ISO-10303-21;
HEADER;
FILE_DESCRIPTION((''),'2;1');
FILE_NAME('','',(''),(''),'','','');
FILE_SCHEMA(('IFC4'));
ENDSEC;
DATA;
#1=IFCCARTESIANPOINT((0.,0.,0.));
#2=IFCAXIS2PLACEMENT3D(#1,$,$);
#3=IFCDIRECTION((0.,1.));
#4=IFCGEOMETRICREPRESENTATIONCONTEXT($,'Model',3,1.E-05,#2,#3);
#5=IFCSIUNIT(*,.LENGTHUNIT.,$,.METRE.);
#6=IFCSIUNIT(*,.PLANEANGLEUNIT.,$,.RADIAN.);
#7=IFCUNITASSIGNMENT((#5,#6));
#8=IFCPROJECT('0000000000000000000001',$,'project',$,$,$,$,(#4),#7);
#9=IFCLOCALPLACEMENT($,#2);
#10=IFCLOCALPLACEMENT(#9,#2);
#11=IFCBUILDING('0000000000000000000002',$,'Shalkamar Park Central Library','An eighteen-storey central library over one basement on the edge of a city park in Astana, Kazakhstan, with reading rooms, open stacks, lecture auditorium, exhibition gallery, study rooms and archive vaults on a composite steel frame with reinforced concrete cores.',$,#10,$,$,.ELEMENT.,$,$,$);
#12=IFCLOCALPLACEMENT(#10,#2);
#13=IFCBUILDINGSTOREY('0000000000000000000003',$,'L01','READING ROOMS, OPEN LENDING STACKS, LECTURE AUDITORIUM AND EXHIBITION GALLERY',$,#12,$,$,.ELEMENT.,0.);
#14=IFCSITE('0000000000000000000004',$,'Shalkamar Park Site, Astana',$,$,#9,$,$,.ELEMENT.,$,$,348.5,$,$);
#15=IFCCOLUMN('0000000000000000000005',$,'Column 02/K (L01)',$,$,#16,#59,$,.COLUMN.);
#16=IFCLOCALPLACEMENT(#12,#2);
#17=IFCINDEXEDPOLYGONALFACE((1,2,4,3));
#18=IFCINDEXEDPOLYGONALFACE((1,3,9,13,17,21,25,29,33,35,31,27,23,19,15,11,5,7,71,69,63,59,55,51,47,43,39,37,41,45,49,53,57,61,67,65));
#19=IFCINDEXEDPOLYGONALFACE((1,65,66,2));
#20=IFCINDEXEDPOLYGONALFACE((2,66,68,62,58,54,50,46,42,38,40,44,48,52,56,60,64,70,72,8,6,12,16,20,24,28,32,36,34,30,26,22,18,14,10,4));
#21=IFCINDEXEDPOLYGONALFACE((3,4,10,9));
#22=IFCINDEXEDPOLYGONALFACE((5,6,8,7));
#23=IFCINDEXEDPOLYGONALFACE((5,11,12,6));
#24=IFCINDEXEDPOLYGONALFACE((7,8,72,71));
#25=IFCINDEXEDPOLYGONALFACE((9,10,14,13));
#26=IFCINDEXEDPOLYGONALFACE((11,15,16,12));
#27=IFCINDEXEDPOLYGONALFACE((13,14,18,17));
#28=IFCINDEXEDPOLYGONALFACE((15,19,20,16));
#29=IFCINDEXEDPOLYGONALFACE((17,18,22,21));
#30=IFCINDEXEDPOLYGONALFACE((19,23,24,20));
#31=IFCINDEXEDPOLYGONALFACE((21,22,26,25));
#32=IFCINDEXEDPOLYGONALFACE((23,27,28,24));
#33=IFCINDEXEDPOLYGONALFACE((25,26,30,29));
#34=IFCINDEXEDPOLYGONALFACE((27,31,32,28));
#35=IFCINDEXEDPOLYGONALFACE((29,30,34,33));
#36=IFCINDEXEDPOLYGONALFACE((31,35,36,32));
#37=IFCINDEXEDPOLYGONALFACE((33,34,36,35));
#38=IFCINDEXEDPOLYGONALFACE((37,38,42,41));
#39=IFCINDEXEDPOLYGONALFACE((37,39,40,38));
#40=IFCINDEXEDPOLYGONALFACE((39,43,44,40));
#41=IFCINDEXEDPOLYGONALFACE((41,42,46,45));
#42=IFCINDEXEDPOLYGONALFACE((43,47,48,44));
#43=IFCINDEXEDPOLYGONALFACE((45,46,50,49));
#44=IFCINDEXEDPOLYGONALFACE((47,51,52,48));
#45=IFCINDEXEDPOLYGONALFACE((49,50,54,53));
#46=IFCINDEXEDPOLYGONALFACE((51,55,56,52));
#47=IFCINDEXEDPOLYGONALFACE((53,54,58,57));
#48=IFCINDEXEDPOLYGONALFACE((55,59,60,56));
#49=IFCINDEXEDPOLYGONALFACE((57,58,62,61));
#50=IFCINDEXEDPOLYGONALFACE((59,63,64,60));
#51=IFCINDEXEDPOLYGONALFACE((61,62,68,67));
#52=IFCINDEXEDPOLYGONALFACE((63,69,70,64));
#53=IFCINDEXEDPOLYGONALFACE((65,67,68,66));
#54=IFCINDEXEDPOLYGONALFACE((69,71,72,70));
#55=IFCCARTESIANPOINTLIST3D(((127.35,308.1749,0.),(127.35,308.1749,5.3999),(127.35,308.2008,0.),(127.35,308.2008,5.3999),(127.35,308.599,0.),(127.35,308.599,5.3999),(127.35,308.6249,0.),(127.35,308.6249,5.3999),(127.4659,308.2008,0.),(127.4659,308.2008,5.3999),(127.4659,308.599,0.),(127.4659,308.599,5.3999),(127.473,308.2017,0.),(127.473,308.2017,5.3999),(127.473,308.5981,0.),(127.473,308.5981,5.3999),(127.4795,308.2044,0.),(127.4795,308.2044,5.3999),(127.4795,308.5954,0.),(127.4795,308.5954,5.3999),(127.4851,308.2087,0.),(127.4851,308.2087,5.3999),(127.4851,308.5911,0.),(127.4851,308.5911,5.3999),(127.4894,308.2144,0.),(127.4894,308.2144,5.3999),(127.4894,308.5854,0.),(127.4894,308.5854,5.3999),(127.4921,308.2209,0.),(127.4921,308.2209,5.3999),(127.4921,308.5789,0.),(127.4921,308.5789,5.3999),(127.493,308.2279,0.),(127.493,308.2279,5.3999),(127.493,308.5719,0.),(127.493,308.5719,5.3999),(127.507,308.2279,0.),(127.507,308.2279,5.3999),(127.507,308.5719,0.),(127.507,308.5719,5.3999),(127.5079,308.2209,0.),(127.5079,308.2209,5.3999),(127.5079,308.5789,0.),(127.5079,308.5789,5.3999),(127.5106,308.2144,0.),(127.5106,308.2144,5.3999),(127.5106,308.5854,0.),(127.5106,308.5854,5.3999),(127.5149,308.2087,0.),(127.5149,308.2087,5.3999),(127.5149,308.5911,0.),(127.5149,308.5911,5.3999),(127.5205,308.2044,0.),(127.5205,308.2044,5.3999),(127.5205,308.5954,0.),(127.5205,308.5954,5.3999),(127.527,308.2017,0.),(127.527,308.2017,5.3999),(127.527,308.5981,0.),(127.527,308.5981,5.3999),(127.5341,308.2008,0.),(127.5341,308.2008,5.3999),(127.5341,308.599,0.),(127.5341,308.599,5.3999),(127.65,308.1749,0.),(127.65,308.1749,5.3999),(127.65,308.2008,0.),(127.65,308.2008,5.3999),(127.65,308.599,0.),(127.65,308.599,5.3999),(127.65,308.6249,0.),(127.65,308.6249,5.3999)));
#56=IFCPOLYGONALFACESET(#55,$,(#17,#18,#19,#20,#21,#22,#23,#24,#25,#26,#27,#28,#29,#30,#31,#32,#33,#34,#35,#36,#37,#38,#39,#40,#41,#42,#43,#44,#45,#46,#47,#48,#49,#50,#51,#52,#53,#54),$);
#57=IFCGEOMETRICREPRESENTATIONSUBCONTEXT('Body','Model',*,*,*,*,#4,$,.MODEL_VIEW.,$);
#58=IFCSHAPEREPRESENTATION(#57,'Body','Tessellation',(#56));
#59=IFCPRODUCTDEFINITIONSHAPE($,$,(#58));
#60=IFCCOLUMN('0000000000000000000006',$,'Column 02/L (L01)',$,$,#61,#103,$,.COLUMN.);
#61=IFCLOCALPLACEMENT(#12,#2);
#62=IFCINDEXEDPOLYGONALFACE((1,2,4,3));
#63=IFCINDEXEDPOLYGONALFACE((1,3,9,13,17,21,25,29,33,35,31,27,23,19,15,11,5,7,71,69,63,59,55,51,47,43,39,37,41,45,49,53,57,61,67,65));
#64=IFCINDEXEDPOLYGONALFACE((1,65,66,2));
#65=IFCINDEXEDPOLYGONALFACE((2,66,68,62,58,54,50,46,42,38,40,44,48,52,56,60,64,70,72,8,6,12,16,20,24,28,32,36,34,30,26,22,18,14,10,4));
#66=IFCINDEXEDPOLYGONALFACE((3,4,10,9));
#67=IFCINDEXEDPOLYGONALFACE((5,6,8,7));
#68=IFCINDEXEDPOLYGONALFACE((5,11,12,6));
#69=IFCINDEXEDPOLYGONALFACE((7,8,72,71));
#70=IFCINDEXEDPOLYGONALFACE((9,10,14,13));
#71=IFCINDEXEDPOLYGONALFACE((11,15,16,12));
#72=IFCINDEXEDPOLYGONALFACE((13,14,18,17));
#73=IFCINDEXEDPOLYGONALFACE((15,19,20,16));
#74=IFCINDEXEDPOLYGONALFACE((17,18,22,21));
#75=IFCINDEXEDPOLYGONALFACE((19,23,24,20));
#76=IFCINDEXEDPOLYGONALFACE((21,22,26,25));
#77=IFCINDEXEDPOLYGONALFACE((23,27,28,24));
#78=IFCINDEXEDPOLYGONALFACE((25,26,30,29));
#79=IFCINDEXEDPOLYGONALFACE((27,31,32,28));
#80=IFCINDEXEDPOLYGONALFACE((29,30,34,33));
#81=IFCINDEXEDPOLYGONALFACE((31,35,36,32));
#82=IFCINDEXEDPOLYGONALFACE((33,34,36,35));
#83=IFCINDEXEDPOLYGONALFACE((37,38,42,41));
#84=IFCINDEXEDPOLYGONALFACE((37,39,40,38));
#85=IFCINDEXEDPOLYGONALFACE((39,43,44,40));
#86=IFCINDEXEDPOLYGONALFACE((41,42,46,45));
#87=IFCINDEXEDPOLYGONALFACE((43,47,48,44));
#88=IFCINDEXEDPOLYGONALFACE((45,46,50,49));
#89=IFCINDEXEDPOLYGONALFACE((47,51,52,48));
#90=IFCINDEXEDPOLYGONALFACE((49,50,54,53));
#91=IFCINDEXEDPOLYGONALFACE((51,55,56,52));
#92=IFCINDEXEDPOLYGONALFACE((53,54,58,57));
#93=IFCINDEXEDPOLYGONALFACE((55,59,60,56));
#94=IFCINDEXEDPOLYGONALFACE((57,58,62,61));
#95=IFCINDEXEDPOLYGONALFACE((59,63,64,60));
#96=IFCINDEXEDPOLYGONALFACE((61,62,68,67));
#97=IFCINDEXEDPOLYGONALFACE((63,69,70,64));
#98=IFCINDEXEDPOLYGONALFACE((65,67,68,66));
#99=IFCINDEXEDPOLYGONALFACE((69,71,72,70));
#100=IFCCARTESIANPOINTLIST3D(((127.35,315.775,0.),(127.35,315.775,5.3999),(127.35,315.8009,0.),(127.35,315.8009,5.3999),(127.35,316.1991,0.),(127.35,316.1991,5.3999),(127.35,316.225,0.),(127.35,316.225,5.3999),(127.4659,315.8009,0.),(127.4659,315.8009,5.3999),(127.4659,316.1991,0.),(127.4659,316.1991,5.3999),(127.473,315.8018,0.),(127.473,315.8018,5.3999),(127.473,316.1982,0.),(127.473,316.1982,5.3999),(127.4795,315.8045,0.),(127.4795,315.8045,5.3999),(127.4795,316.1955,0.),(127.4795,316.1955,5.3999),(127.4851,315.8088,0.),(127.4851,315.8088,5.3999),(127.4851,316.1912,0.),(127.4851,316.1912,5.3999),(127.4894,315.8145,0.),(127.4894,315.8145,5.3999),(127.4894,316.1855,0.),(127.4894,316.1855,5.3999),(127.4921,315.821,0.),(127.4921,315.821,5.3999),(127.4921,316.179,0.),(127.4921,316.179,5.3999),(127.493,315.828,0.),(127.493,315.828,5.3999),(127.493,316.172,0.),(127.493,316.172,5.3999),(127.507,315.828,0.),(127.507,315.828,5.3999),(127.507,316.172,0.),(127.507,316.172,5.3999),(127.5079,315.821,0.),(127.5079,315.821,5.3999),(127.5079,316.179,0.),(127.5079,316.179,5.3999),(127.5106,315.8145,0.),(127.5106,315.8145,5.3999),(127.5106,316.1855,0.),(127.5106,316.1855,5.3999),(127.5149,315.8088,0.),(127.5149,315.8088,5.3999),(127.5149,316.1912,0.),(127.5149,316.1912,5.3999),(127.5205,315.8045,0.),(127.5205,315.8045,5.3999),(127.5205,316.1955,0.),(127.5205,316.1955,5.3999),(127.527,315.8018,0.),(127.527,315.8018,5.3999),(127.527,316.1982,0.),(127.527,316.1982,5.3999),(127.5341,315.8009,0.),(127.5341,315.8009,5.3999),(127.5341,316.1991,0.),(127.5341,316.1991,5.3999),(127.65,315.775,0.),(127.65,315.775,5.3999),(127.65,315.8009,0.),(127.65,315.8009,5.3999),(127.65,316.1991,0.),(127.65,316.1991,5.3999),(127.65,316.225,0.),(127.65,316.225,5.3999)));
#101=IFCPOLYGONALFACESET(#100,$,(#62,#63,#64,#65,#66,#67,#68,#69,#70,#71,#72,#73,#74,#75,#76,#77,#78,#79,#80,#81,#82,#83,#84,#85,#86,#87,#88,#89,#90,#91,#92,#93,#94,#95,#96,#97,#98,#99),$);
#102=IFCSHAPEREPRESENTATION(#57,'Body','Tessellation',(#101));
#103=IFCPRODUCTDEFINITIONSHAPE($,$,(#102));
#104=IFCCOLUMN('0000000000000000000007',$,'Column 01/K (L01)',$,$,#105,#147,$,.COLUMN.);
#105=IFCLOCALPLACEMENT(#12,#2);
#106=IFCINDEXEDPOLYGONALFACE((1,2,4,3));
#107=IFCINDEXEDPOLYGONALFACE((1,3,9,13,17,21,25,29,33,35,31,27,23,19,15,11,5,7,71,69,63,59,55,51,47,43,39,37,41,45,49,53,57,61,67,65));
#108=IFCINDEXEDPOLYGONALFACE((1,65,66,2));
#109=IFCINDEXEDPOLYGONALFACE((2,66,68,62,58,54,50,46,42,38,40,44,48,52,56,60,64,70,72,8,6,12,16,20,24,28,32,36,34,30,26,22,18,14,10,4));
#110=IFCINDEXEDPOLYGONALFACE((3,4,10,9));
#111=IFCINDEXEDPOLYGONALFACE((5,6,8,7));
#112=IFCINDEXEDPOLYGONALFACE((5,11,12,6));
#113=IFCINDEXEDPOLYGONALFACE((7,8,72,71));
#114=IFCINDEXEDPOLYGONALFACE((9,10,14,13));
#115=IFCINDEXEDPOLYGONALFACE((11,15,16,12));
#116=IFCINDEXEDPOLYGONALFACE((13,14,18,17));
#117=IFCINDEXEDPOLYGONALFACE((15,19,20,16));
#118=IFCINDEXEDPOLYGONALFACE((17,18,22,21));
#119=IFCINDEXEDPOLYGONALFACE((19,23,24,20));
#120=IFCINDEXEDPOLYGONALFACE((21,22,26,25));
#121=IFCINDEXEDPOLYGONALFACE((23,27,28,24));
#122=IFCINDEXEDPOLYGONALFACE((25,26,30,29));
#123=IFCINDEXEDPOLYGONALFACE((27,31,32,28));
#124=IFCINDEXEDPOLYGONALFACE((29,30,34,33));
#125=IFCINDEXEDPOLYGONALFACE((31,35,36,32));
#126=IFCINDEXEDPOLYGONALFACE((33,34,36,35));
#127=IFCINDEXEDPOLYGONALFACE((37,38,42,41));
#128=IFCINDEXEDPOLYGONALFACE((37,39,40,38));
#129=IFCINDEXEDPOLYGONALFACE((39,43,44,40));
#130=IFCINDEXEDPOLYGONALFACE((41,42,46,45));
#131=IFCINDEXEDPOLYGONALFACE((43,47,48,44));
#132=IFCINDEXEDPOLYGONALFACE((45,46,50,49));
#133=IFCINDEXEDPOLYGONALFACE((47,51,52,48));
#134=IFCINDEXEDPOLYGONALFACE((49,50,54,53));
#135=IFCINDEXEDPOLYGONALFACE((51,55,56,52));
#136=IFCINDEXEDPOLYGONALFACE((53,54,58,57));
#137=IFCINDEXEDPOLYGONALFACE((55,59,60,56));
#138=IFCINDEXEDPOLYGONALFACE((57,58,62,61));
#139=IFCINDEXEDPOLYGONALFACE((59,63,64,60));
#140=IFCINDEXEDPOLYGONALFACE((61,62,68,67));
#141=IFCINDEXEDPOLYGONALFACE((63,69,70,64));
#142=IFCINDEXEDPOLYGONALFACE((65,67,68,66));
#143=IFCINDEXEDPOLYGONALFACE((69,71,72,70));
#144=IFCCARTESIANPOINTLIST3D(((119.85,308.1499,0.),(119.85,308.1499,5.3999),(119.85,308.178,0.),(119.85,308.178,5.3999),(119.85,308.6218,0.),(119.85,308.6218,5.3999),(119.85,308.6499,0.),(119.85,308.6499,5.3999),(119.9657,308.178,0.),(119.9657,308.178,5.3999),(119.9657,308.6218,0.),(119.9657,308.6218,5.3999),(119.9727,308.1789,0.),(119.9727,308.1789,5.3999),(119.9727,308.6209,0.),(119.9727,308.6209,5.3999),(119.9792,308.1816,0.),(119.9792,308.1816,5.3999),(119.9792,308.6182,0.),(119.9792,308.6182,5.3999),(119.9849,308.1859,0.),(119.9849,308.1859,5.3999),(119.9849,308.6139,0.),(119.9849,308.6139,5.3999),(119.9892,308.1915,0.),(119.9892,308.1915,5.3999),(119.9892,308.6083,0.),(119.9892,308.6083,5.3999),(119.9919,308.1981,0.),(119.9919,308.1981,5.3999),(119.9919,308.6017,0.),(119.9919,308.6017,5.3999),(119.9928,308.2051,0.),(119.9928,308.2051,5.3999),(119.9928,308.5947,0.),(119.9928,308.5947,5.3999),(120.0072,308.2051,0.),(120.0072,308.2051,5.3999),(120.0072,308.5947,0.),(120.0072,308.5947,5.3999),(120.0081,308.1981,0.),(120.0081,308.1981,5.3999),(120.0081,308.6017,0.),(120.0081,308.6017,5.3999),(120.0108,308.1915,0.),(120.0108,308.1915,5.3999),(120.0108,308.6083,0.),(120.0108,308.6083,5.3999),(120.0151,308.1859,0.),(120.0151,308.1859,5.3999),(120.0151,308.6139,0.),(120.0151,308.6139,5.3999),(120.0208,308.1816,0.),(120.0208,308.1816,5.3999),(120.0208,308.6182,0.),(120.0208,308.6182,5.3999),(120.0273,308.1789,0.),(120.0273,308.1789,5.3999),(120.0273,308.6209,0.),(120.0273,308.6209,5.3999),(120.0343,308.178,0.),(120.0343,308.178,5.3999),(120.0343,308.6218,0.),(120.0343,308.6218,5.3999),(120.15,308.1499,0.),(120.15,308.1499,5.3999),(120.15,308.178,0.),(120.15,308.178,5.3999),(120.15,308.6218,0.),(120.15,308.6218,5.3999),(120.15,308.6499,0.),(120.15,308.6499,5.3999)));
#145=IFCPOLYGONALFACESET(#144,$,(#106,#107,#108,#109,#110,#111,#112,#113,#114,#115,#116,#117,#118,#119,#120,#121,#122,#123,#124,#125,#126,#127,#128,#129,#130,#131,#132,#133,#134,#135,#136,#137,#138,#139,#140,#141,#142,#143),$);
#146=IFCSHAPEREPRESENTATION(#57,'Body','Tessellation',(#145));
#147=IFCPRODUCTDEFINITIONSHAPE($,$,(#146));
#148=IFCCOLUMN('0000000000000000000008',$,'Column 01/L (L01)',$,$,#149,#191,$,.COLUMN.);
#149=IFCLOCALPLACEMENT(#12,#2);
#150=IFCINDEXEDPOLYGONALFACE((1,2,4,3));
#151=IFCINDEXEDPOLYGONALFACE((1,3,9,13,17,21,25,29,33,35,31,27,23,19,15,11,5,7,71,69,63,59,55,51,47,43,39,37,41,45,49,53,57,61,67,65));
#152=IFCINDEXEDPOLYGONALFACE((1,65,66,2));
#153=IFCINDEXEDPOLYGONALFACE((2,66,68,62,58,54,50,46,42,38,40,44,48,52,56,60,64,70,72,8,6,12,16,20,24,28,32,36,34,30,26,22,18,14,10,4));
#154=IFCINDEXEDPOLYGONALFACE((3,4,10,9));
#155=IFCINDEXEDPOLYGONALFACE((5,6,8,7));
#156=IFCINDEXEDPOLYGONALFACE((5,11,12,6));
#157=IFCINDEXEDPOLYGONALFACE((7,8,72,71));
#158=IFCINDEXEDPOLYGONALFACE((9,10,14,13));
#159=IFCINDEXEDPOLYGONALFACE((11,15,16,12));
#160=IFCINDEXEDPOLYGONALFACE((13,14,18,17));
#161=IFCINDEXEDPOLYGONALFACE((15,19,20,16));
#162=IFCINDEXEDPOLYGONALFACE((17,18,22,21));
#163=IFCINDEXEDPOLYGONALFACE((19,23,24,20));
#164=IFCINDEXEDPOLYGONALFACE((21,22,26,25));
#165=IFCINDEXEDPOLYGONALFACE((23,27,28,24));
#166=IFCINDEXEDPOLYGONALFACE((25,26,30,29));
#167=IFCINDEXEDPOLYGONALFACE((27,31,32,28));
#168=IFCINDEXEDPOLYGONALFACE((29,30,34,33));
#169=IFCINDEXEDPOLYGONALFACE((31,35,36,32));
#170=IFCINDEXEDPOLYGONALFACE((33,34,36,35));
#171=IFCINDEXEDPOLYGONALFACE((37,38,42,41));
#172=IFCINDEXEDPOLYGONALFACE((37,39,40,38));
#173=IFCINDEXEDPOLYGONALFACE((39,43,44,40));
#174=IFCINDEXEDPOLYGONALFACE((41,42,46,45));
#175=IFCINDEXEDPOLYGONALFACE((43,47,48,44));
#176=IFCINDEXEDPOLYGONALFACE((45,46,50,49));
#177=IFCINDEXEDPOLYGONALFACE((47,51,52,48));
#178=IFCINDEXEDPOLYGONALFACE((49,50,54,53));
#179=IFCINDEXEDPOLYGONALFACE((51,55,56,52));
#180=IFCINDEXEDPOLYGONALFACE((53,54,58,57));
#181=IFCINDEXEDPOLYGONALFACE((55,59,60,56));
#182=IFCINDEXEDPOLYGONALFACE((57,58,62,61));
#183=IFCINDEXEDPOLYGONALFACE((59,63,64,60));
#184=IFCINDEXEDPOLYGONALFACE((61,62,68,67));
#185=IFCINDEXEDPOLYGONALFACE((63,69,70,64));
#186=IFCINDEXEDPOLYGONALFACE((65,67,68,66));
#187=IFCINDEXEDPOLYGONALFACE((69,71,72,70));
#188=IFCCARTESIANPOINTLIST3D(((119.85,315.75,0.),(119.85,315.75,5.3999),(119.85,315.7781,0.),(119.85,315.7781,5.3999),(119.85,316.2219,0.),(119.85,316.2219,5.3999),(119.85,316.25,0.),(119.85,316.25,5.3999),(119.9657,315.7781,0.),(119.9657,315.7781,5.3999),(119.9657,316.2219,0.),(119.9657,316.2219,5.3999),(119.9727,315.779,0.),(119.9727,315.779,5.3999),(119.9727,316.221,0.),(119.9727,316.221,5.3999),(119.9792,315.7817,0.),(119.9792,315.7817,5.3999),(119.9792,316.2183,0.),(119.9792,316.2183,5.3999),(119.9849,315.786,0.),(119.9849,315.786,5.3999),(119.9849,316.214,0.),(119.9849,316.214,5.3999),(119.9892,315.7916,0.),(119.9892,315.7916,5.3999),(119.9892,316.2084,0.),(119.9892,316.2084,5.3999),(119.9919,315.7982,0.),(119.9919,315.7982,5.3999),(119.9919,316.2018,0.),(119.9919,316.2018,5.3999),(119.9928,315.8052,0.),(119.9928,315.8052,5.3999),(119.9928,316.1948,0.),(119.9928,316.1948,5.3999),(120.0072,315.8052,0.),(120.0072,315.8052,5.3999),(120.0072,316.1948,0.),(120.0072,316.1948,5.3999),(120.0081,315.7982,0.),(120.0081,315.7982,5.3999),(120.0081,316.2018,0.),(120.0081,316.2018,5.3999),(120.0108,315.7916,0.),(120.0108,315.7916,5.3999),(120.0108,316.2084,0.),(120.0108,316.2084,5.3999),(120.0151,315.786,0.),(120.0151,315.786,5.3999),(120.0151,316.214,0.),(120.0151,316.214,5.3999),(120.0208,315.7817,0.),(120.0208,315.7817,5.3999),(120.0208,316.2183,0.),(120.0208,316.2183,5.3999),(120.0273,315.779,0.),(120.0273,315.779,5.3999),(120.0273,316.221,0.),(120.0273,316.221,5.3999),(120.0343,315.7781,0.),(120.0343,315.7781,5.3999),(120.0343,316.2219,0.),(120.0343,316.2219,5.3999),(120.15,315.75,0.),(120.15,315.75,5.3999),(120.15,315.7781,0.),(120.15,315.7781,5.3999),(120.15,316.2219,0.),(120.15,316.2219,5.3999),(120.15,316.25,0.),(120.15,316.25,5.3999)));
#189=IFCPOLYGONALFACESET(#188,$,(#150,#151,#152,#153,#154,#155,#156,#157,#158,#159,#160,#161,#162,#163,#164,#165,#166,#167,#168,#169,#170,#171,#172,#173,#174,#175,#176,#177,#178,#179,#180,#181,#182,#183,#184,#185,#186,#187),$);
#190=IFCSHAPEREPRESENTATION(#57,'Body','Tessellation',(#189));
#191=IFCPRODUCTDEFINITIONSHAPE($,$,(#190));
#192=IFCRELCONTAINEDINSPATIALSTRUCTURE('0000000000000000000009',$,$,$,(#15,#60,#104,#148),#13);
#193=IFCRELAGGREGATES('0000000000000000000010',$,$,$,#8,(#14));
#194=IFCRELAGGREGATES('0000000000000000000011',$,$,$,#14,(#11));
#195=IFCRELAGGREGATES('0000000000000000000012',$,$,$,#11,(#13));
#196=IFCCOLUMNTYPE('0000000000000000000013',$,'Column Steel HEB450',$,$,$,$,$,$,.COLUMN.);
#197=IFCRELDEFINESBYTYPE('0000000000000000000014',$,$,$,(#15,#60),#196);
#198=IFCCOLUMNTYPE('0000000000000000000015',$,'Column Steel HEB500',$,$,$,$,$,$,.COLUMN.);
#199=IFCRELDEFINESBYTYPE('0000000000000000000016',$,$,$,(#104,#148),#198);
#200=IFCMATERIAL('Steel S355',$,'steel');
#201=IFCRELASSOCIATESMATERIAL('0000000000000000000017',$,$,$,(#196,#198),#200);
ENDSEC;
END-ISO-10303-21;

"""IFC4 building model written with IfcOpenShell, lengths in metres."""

from ifc_helpers import new_model, si_unit, direction, frame, origin, origin_2d, place, context, subcontext, project, spatial, i_section, extrude, material, material_profile, profile_set, type_object, element, save


model = new_model("IFC4")

# Units and contexts
model_context = context("Model", 3, precision=1e-05, world=origin(), true_north=direction((0.0, 1.0)))
body_context = subcontext(model_context, "Body", "Model", "MODEL_VIEW")
ifc_project = project(units=[si_unit("LENGTHUNIT", "METRE"), si_unit("PLANEANGLEUNIT", "RADIAN")], contexts=[model_context])

# Site, building, storey
site_placement = place(None, origin())
site = spatial("IfcSite", under=ifc_project, at=site_placement, Name="Shalkamar Park Site, Astana", CompositionType="ELEMENT", RefElevation=348.5)
building_placement = place(site_placement, origin())
building = spatial("IfcBuilding", under=site, at=building_placement, Name="Shalkamar Park Central Library", Description="An eighteen-storey central library over one basement on the edge of a city park in Astana, Kazakhstan, with reading rooms, open stacks, lecture auditorium, exhibition gallery, study rooms and archive vaults on a composite steel frame with reinforced concrete cores.", CompositionType="ELEMENT")
storey_placement = place(building_placement, origin())
storey = spatial("IfcBuildingStorey", under=building, at=storey_placement, Name="L01", Description="READING ROOMS, OPEN LENDING STACKS, LECTURE AUDITORIUM AND EXHIBITION GALLERY", CompositionType="ELEMENT", Elevation=0.0)

# Columns
ifc_material_1 = material(Name="Steel S355", Category="steel")
ifc_material_profile_1 = material_profile(ifc_material_1, i_section(OverallWidth=0.3, OverallDepth=0.45, WebThickness=0.0139, FlangeThickness=0.0259, FilletRadius=0.0271, at=origin_2d()), Name="HEB 450")
ifc_profile_set_1 = profile_set([ifc_material_profile_1], Name="Steel S355")
column_type_1 = type_object("IfcColumnType", Name="Column Steel HEB450", PredefinedType="COLUMN", material=ifc_profile_set_1)
for number, where, z_axis, x_axis, name in (
    (1, (127.5, 308.3999, 0.0), (0.0, 0.0, 1.0), (1.0, 0.0, 0.0), "Column 02/K (L01)"),
    (2, (127.5, 316.0, 0.0), (0.0, 0.0, 1.0), (1.0, 0.0, 0.0), "Column 02/L (L01)"),
):
    element("IfcColumn", number, at=place(storey_placement, frame(where, z_axis=z_axis, x_axis=x_axis)), inside=storey, type_object=column_type_1, Name=name, PredefinedType="COLUMN", context=body_context, shape_type="SweptSolid", body=[
        extrude(i_section(OverallWidth=0.3, OverallDepth=0.45, WebThickness=0.0139, FlangeThickness=0.0259, FilletRadius=0.0271, at=origin_2d()), origin(), (0.0, 0.0, 1.0), 5.3999),
    ])
ifc_material_profile_2 = material_profile(ifc_material_1, i_section(OverallWidth=0.3, OverallDepth=0.5, WebThickness=0.0144, FlangeThickness=0.0281, FilletRadius=0.0271, at=origin_2d()), Name="HEB 500")
ifc_profile_set_2 = profile_set([ifc_material_profile_2], Name="Steel S355")
column_type_2 = type_object("IfcColumnType", Name="Column Steel HEB500", PredefinedType="COLUMN", material=ifc_profile_set_2)
for number, where, z_axis, x_axis, name in (
    (3, (120.0, 308.3999, 0.0), (0.0, 0.0, 1.0), (1.0, 0.0, 0.0), "Column 01/K (L01)"),
    (4, (120.0, 316.0, 0.0), (0.0, 0.0, 1.0), (1.0, 0.0, 0.0), "Column 01/L (L01)"),
):
    element("IfcColumn", number, at=place(storey_placement, frame(where, z_axis=z_axis, x_axis=x_axis)), inside=storey, type_object=column_type_2, Name=name, PredefinedType="COLUMN", context=body_context, shape_type="SweptSolid", body=[
        extrude(i_section(OverallWidth=0.3, OverallDepth=0.5, WebThickness=0.0144, FlangeThickness=0.0281, FilletRadius=0.0271, at=origin_2d()), origin(), (0.0, 0.0, 1.0), 5.3999),
    ])

save(model, "model.ifc")
